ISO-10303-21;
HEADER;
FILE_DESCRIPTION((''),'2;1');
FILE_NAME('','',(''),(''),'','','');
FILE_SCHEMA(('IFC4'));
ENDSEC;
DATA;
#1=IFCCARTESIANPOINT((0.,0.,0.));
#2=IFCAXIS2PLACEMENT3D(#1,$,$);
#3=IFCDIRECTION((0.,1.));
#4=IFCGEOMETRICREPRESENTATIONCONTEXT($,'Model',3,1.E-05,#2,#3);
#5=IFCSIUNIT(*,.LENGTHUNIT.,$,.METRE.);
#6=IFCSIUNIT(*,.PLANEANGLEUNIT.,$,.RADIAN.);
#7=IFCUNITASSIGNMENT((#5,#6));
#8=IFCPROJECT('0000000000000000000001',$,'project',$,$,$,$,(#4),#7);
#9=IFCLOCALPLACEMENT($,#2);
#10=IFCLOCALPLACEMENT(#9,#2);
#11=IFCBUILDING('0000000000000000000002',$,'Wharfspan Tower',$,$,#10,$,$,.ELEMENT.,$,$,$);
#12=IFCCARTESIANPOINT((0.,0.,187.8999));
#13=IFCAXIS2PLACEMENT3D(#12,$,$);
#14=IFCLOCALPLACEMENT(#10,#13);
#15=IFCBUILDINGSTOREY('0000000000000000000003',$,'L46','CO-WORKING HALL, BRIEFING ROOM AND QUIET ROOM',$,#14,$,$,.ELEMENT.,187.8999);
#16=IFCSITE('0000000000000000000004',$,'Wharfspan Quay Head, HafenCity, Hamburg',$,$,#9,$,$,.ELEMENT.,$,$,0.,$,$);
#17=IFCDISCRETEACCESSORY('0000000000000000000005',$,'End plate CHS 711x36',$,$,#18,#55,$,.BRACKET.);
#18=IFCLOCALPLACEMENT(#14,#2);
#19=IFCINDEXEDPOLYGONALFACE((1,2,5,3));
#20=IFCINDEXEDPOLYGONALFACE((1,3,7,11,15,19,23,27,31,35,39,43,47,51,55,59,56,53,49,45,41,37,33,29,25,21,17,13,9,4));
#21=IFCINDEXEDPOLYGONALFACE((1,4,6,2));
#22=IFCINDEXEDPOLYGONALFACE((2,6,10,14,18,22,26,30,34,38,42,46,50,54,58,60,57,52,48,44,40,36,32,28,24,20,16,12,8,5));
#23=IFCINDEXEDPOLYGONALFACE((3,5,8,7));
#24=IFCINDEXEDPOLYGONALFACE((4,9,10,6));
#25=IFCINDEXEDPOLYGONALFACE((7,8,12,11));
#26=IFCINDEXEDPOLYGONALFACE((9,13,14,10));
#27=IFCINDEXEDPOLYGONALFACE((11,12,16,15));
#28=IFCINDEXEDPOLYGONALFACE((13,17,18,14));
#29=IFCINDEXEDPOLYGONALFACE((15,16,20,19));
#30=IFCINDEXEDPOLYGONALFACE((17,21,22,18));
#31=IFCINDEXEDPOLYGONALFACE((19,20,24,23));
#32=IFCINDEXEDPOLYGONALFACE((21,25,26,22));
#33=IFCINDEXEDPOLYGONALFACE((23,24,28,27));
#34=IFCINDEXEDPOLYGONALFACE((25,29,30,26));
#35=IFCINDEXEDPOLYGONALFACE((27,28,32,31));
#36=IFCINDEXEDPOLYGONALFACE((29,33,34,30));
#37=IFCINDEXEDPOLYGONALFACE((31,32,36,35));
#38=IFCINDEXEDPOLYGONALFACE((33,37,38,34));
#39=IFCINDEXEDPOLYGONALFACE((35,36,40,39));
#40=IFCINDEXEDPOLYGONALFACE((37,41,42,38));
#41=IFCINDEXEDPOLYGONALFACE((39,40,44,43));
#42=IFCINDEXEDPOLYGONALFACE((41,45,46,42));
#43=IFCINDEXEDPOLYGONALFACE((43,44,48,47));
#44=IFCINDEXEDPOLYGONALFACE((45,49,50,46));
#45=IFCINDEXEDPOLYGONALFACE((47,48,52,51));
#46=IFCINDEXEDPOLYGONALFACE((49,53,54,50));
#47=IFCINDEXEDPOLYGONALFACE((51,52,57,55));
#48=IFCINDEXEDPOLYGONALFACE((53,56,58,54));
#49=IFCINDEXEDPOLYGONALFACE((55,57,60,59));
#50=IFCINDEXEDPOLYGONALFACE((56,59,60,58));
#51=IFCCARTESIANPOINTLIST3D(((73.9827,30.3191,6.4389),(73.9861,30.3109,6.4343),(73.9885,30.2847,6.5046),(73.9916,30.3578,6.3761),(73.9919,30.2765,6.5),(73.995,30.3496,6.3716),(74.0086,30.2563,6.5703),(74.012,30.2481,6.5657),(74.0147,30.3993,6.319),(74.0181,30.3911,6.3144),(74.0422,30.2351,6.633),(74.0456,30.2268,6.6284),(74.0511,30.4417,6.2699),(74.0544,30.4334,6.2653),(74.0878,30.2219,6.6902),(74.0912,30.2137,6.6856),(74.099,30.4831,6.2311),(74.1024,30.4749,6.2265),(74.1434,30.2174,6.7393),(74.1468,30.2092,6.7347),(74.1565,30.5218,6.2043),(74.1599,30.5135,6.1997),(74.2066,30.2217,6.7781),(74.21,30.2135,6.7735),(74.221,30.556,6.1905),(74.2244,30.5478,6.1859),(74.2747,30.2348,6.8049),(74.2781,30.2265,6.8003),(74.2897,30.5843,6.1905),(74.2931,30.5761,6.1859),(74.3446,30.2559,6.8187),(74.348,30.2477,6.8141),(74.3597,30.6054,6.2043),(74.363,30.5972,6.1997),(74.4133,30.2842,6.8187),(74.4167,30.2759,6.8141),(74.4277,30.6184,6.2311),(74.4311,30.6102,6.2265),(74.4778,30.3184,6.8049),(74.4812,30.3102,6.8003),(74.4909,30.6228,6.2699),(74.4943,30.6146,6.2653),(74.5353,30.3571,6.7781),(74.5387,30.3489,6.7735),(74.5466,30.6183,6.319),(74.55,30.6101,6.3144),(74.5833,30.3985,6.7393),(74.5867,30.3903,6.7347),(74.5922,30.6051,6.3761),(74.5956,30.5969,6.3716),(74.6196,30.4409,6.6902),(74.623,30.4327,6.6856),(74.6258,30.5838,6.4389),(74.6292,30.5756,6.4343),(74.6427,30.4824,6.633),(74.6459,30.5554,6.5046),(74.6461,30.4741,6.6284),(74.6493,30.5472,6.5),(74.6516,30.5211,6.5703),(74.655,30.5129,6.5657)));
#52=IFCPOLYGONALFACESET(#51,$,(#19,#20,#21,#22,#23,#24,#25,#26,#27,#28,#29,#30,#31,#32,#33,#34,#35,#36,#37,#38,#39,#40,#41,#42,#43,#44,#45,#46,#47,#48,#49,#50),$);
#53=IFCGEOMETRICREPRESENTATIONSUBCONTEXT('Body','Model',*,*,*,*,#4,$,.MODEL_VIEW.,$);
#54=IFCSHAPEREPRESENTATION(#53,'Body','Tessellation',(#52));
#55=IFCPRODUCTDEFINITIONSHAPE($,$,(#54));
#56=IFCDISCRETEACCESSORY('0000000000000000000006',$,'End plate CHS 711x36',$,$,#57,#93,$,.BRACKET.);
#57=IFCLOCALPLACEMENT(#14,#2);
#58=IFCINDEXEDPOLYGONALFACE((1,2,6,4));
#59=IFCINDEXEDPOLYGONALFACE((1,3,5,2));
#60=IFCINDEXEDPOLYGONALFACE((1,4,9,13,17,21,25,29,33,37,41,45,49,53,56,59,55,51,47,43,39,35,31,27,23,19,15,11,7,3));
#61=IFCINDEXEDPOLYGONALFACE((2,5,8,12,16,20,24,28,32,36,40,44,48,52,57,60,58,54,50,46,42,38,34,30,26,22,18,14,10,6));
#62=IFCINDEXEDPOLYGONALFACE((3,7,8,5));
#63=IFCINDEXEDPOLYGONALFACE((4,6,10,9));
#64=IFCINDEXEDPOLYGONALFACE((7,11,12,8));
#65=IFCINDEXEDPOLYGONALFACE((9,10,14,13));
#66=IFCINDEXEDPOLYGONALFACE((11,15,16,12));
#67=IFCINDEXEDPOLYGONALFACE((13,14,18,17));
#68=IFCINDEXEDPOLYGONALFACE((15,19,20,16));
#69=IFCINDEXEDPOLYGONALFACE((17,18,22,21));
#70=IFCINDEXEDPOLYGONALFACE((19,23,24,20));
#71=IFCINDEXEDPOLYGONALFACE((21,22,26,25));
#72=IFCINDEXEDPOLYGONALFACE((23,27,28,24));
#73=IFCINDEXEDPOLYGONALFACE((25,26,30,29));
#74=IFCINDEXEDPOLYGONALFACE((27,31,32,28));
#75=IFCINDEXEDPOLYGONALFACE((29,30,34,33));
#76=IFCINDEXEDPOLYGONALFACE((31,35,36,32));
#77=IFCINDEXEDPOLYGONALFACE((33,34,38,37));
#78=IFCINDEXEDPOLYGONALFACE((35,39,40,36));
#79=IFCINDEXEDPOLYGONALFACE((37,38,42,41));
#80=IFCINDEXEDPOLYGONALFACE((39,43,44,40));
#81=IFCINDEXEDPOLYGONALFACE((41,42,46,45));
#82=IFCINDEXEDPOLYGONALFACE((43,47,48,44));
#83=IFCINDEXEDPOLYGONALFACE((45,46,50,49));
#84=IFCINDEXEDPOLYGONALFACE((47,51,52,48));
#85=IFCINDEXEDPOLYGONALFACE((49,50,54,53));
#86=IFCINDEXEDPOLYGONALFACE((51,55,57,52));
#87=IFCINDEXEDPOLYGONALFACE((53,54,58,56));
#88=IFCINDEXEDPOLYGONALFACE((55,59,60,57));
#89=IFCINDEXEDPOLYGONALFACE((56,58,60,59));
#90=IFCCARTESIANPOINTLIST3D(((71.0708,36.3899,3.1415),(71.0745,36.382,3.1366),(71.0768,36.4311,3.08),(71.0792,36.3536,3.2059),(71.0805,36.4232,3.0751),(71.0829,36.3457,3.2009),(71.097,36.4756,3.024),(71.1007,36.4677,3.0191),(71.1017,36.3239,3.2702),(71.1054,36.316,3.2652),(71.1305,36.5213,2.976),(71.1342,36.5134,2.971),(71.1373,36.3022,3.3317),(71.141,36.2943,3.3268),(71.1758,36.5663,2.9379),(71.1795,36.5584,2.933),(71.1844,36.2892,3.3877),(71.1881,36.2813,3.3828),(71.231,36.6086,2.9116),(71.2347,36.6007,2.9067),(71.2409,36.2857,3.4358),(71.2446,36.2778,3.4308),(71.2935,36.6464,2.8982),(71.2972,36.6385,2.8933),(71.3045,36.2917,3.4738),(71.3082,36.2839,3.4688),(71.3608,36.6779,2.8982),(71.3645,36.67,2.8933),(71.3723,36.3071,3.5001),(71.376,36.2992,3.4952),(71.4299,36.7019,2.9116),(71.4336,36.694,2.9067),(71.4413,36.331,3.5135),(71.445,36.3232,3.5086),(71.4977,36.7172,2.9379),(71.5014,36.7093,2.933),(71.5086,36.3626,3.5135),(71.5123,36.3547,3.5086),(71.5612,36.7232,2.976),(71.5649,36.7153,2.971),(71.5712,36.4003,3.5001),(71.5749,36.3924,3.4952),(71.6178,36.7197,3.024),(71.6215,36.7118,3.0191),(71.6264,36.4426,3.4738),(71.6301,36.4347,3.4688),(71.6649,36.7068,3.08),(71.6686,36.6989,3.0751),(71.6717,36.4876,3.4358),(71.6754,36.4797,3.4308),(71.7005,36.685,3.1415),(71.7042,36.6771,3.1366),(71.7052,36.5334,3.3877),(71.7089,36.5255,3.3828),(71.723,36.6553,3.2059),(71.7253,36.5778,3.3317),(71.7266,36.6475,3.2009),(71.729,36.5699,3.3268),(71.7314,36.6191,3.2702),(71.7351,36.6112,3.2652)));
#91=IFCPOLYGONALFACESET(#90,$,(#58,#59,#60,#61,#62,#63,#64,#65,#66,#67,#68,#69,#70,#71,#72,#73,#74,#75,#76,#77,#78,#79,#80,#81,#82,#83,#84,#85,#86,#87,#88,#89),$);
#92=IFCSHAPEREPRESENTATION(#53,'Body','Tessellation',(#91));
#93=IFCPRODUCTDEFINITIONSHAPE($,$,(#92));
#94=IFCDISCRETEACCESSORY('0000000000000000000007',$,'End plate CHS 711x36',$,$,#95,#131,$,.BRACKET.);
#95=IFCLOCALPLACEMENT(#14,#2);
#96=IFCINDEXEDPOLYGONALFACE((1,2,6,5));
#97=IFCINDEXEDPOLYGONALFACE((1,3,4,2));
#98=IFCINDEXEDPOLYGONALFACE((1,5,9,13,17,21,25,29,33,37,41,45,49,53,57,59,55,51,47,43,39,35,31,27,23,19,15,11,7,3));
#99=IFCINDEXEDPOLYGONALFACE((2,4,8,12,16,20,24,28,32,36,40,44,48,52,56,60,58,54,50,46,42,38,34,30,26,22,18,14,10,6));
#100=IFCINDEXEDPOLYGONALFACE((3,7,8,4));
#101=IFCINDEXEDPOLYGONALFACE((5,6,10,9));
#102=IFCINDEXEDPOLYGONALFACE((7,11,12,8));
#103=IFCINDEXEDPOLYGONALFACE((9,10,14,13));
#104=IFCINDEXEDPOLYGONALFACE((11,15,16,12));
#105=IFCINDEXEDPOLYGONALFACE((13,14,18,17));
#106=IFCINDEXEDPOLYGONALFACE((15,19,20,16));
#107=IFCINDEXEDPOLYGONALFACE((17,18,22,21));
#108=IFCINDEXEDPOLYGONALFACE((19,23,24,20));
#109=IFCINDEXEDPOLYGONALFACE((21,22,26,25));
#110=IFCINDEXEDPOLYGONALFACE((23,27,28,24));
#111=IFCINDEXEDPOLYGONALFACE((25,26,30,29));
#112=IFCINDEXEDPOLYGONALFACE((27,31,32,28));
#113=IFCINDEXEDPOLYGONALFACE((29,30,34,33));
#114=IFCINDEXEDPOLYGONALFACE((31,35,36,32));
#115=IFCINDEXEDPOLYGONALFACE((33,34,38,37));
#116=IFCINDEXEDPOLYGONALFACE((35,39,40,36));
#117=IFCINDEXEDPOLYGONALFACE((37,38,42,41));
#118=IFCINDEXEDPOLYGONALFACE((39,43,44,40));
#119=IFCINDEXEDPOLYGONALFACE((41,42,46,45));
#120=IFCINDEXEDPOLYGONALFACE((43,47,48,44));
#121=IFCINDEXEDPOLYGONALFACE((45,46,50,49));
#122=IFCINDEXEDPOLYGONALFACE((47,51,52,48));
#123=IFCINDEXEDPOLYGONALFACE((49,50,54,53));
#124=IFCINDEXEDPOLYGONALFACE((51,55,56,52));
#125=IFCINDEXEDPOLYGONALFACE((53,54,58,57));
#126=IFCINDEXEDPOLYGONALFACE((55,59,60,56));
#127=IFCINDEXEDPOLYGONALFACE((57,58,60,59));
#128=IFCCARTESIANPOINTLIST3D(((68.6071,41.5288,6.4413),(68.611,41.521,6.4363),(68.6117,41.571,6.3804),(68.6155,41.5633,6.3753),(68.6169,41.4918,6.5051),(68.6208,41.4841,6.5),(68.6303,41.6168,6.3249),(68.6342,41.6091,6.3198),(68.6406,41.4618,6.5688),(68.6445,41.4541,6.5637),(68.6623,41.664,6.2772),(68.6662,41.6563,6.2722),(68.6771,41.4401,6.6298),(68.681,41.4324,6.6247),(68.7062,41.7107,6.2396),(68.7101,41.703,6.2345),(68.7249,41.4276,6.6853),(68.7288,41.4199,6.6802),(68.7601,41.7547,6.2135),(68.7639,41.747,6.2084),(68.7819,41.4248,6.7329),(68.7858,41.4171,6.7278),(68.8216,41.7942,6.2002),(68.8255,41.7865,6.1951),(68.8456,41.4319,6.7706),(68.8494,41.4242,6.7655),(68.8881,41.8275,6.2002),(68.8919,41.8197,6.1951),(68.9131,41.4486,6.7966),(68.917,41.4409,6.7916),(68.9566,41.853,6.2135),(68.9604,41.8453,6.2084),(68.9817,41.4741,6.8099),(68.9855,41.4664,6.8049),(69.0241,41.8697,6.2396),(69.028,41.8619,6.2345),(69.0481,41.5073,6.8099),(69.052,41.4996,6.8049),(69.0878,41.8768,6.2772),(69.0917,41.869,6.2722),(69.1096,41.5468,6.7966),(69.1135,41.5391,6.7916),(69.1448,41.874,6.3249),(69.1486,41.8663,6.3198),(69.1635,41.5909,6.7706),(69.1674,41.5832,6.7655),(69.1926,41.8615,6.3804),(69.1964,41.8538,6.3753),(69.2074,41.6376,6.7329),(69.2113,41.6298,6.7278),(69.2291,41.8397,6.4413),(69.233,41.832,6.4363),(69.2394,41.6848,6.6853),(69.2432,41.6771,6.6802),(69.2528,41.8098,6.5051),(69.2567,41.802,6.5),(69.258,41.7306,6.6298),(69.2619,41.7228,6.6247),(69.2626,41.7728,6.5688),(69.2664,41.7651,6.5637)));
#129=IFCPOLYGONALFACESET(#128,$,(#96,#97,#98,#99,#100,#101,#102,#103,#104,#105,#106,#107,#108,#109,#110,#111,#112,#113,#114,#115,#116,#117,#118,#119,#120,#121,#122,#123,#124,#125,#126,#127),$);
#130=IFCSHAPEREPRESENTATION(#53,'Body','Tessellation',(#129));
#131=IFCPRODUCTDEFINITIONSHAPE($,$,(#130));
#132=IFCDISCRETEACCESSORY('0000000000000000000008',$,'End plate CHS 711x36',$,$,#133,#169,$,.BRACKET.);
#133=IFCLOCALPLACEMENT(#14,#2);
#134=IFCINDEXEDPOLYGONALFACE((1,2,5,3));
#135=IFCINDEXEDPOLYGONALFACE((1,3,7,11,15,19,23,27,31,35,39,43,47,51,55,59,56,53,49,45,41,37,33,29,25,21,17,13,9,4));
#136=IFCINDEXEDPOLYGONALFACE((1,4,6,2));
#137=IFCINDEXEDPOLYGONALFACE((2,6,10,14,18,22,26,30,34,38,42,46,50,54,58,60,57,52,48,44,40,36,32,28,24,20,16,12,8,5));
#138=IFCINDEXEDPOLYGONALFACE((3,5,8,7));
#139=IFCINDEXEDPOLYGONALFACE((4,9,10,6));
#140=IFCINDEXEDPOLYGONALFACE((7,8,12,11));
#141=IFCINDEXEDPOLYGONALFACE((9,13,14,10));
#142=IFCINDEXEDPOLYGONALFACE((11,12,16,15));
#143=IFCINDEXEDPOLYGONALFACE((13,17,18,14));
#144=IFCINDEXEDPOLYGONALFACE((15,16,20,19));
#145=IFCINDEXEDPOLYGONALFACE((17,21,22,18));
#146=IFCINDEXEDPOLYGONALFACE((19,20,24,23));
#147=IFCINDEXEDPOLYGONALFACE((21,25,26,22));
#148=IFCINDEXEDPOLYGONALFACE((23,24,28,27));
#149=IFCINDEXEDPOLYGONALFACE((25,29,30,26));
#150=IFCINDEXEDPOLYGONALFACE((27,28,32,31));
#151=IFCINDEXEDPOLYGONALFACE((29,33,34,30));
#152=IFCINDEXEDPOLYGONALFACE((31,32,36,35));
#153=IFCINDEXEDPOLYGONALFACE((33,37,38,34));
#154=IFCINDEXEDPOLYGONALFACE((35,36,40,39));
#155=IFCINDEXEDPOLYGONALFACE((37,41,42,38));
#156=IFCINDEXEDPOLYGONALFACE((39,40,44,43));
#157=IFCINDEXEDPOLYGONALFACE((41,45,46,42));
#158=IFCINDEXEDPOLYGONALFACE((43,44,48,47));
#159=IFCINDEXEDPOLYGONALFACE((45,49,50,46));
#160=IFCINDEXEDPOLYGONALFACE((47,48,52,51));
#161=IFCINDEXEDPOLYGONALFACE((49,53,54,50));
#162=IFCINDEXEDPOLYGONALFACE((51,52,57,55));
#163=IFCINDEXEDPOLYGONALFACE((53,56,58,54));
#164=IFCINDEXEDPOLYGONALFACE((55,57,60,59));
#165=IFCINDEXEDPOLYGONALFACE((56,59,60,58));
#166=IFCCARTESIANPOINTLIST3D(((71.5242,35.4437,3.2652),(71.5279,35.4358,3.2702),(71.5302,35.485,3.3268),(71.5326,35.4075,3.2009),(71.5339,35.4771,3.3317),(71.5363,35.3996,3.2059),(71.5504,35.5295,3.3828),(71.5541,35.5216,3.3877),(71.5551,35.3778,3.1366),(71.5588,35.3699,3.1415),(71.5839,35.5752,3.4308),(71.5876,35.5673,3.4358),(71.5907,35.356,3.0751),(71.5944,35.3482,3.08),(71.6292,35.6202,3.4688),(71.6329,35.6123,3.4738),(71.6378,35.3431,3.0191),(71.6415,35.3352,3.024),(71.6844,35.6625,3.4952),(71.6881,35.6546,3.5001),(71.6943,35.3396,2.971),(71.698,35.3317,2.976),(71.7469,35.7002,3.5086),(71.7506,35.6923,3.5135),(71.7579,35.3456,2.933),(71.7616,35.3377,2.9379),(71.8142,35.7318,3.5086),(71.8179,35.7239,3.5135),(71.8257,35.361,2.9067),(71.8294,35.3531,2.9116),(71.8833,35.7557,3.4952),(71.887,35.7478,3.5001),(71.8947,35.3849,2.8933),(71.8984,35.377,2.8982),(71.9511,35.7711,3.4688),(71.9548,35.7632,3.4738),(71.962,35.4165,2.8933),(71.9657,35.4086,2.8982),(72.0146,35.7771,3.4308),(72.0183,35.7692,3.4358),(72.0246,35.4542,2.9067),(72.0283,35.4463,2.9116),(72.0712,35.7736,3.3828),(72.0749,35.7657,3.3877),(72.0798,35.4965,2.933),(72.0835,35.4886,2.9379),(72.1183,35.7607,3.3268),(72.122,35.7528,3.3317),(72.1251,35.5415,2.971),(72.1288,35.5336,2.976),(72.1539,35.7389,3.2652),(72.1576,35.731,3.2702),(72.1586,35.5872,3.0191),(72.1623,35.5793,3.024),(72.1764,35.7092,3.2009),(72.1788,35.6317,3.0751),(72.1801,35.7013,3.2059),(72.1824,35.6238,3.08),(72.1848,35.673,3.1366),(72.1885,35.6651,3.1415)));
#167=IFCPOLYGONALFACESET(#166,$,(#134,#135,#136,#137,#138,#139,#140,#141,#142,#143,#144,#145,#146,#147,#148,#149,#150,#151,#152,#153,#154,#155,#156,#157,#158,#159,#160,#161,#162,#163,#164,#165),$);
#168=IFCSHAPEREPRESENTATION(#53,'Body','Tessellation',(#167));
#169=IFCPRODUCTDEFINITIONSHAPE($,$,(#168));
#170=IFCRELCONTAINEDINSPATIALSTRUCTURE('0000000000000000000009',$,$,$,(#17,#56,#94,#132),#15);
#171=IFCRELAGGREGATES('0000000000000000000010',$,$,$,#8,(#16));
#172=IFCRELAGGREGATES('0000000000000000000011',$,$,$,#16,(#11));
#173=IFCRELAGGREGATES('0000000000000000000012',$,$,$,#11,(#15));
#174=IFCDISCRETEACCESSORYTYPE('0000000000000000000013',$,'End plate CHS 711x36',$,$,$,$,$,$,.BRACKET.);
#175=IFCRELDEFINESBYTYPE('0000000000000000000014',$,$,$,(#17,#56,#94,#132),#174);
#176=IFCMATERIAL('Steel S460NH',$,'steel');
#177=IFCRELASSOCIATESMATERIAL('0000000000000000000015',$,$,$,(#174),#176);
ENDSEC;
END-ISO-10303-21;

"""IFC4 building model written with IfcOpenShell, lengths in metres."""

from ifc_helpers import new_model, si_unit, direction, frame, origin, origin_2d, place, context, subcontext, project, spatial, circle, extrude, material, material_profile, profile_set, type_object, element, save


model = new_model("IFC4")

# Units and contexts
model_context = context("Model", 3, precision=1e-05, world=origin(), true_north=direction((0.0, 1.0)))
body_context = subcontext(model_context, "Body", "Model", "MODEL_VIEW")
ifc_project = project(units=[si_unit("LENGTHUNIT", "METRE"), si_unit("PLANEANGLEUNIT", "RADIAN")], contexts=[model_context])

# Site, building, storey
site_placement = place(None, origin())
site = spatial("IfcSite", under=ifc_project, at=site_placement, Name="Wharfspan Quay Head, HafenCity, Hamburg", CompositionType="ELEMENT", RefElevation=0.0)
building_placement = place(site_placement, origin())
building = spatial("IfcBuilding", under=site, at=building_placement, Name="Wharfspan Tower", CompositionType="ELEMENT")
storey_placement = place(building_placement, frame((0.0, 0.0, 187.8999)))
storey = spatial("IfcBuildingStorey", under=building, at=storey_placement, Name="L46", Description="CO-WORKING HALL, BRIEFING ROOM AND QUIET ROOM", CompositionType="ELEMENT", Elevation=187.8999)

# Shared definitions
ifc_material_1 = material(Name="Steel S460NH", Category="steel")

# Discrete accessories
ifc_material_profile_1 = material_profile(ifc_material_1, circle(Radius=0.3555, at=origin_2d()))
ifc_profile_set_1 = profile_set([ifc_material_profile_1], Name="Steel S460NH")
discrete_accessory_type = type_object("IfcDiscreteAccessoryType", Name="End plate CHS 711x36", PredefinedType="BRACKET", material=ifc_profile_set_1)
for number, where, z_axis, x_axis, name in (
    (1, (74.3206, 30.4119, 6.5), (-0.338259, 0.821486, 0.459066), (-0.924676, -0.380749, 0.0), "End plate CHS 711x36"),
    (2, (71.4048, 36.4966, 3.2009), (-0.369386, 0.788024, 0.492515), (-0.905459, -0.424433, -0.000001), "End plate CHS 711x36"),
    (3, (68.9387, 41.6431, 6.5), (-0.385682, 0.771364, 0.506208), (-0.894428, -0.447214, 0.0), "End plate CHS 711x36"),
    (4, (71.8545, 35.5583, 3.2009), (0.369386, -0.788024, 0.492515), (0.905459, 0.424433, -0.000001), "End plate CHS 711x36"),
):
    element("IfcDiscreteAccessory", number, at=place(storey_placement, frame(where, z_axis=z_axis, x_axis=x_axis)), inside=storey, type_object=discrete_accessory_type, Name=name, PredefinedType="BRACKET", context=body_context, shape_type="SweptSolid", body=[
        extrude(circle(Radius=0.3555, at=origin_2d()), origin(), (0.0, 0.0, 1.0), 0.01),
    ])

save(model, "model.ifc")
